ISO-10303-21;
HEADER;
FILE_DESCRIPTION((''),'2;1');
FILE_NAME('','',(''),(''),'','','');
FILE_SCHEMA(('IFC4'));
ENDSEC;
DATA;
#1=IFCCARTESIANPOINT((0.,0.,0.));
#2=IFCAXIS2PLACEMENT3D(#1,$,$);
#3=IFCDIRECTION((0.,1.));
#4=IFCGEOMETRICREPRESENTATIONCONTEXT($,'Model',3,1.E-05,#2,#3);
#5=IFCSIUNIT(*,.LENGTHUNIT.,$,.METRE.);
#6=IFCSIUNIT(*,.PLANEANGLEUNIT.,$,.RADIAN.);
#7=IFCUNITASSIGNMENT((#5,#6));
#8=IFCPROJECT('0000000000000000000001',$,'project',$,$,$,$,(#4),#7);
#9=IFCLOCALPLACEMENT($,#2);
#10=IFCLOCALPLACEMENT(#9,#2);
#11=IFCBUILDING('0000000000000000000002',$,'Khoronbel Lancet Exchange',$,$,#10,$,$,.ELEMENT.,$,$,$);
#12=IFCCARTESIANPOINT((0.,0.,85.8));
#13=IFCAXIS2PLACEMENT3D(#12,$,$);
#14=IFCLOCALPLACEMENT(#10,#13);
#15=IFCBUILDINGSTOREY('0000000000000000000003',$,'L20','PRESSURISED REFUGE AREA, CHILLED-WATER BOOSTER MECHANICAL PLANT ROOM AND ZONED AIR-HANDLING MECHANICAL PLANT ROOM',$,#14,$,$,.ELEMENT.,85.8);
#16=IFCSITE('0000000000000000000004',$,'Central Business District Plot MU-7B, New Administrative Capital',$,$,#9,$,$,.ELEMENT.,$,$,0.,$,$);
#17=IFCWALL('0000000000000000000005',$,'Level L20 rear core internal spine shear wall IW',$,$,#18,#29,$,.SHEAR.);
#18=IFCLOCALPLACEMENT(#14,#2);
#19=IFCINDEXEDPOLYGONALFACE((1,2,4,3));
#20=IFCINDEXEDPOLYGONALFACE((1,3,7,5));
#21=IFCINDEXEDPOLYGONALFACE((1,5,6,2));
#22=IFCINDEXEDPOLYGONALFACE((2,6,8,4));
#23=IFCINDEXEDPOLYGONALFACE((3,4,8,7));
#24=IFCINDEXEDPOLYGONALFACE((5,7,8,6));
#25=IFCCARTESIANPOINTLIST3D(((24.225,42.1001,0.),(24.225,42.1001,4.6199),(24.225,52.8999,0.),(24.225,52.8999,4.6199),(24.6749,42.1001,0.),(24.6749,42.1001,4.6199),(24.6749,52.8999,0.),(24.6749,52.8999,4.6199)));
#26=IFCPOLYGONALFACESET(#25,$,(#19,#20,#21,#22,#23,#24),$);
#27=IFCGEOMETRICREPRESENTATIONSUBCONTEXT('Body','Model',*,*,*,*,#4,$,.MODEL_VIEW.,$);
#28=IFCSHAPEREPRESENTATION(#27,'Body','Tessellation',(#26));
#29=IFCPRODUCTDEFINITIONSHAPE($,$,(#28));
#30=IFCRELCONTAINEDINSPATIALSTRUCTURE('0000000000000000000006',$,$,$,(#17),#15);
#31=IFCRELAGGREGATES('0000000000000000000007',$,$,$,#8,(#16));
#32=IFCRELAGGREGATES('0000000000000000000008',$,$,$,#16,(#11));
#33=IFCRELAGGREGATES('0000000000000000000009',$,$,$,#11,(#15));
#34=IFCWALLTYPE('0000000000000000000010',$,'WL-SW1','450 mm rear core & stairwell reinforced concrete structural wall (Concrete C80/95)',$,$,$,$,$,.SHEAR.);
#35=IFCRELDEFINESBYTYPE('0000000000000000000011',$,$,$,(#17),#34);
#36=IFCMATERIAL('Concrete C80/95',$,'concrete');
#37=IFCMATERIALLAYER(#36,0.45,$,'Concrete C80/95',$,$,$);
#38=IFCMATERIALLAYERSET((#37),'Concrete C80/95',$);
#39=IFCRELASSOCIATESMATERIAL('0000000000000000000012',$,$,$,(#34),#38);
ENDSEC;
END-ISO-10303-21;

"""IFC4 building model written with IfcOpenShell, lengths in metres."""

from ifc_helpers import new_model, si_unit, direction, frame, frame_2d, origin, place, context, subcontext, project, spatial, rectangle, extrude, material, layer, layer_set, type_object, element, save


model = new_model("IFC4")

# Units and contexts
model_context = context("Model", 3, precision=1e-05, world=origin(), true_north=direction((0.0, 1.0)))
body_context = subcontext(model_context, "Body", "Model", "MODEL_VIEW")
ifc_project = project(units=[si_unit("LENGTHUNIT", "METRE"), si_unit("PLANEANGLEUNIT", "RADIAN")], contexts=[model_context])

# Site, building, storey
site_placement = place(None, origin())
site = spatial("IfcSite", under=ifc_project, at=site_placement, Name="Central Business District Plot MU-7B, New Administrative Capital", CompositionType="ELEMENT", RefElevation=0.0)
building_placement = place(site_placement, origin())
building = spatial("IfcBuilding", under=site, at=building_placement, Name="Khoronbel Lancet Exchange", CompositionType="ELEMENT")
storey_placement = place(building_placement, frame((0.0, 0.0, 85.8)))
storey = spatial("IfcBuildingStorey", under=building, at=storey_placement, Name="L20", Description="PRESSURISED REFUGE AREA, CHILLED-WATER BOOSTER MECHANICAL PLANT ROOM AND ZONED AIR-HANDLING MECHANICAL PLANT ROOM", CompositionType="ELEMENT", Elevation=85.8)

# Shared definitions
ifc_material_1 = material(Name="Concrete C80/95", Category="concrete")

# Wall
ifc_layer_1 = layer(ifc_material_1, 0.45, Name="Concrete C80/95")
ifc_layer_set_1 = layer_set([ifc_layer_1], Name="Concrete C80/95")
wall_type_1 = type_object("IfcWallType", Name="WL-SW1", Description="450 mm rear core & stairwell reinforced concrete structural wall (Concrete C80/95)", PredefinedType="SHEAR", material=ifc_layer_set_1)
wall_1_placement = place(storey_placement, frame((24.45, 42.1001, 0.0), z_axis=(0.0, 0.0, 1.0), x_axis=(0.0, 1.0, 0.0)))
element("IfcWall", 1, at=wall_1_placement, inside=storey, type_object=wall_type_1, Name="Level L20 rear core internal spine shear wall IW", PredefinedType="SHEAR", context=body_context, shape_type="SweptSolid", body=[
    extrude(rectangle(XDim=10.7998, YDim=0.45, at=frame_2d((5.3999, 0.0))), origin(), (0.0, 0.0, 1.0), 4.6199),
])

save(model, "model.ifc")
